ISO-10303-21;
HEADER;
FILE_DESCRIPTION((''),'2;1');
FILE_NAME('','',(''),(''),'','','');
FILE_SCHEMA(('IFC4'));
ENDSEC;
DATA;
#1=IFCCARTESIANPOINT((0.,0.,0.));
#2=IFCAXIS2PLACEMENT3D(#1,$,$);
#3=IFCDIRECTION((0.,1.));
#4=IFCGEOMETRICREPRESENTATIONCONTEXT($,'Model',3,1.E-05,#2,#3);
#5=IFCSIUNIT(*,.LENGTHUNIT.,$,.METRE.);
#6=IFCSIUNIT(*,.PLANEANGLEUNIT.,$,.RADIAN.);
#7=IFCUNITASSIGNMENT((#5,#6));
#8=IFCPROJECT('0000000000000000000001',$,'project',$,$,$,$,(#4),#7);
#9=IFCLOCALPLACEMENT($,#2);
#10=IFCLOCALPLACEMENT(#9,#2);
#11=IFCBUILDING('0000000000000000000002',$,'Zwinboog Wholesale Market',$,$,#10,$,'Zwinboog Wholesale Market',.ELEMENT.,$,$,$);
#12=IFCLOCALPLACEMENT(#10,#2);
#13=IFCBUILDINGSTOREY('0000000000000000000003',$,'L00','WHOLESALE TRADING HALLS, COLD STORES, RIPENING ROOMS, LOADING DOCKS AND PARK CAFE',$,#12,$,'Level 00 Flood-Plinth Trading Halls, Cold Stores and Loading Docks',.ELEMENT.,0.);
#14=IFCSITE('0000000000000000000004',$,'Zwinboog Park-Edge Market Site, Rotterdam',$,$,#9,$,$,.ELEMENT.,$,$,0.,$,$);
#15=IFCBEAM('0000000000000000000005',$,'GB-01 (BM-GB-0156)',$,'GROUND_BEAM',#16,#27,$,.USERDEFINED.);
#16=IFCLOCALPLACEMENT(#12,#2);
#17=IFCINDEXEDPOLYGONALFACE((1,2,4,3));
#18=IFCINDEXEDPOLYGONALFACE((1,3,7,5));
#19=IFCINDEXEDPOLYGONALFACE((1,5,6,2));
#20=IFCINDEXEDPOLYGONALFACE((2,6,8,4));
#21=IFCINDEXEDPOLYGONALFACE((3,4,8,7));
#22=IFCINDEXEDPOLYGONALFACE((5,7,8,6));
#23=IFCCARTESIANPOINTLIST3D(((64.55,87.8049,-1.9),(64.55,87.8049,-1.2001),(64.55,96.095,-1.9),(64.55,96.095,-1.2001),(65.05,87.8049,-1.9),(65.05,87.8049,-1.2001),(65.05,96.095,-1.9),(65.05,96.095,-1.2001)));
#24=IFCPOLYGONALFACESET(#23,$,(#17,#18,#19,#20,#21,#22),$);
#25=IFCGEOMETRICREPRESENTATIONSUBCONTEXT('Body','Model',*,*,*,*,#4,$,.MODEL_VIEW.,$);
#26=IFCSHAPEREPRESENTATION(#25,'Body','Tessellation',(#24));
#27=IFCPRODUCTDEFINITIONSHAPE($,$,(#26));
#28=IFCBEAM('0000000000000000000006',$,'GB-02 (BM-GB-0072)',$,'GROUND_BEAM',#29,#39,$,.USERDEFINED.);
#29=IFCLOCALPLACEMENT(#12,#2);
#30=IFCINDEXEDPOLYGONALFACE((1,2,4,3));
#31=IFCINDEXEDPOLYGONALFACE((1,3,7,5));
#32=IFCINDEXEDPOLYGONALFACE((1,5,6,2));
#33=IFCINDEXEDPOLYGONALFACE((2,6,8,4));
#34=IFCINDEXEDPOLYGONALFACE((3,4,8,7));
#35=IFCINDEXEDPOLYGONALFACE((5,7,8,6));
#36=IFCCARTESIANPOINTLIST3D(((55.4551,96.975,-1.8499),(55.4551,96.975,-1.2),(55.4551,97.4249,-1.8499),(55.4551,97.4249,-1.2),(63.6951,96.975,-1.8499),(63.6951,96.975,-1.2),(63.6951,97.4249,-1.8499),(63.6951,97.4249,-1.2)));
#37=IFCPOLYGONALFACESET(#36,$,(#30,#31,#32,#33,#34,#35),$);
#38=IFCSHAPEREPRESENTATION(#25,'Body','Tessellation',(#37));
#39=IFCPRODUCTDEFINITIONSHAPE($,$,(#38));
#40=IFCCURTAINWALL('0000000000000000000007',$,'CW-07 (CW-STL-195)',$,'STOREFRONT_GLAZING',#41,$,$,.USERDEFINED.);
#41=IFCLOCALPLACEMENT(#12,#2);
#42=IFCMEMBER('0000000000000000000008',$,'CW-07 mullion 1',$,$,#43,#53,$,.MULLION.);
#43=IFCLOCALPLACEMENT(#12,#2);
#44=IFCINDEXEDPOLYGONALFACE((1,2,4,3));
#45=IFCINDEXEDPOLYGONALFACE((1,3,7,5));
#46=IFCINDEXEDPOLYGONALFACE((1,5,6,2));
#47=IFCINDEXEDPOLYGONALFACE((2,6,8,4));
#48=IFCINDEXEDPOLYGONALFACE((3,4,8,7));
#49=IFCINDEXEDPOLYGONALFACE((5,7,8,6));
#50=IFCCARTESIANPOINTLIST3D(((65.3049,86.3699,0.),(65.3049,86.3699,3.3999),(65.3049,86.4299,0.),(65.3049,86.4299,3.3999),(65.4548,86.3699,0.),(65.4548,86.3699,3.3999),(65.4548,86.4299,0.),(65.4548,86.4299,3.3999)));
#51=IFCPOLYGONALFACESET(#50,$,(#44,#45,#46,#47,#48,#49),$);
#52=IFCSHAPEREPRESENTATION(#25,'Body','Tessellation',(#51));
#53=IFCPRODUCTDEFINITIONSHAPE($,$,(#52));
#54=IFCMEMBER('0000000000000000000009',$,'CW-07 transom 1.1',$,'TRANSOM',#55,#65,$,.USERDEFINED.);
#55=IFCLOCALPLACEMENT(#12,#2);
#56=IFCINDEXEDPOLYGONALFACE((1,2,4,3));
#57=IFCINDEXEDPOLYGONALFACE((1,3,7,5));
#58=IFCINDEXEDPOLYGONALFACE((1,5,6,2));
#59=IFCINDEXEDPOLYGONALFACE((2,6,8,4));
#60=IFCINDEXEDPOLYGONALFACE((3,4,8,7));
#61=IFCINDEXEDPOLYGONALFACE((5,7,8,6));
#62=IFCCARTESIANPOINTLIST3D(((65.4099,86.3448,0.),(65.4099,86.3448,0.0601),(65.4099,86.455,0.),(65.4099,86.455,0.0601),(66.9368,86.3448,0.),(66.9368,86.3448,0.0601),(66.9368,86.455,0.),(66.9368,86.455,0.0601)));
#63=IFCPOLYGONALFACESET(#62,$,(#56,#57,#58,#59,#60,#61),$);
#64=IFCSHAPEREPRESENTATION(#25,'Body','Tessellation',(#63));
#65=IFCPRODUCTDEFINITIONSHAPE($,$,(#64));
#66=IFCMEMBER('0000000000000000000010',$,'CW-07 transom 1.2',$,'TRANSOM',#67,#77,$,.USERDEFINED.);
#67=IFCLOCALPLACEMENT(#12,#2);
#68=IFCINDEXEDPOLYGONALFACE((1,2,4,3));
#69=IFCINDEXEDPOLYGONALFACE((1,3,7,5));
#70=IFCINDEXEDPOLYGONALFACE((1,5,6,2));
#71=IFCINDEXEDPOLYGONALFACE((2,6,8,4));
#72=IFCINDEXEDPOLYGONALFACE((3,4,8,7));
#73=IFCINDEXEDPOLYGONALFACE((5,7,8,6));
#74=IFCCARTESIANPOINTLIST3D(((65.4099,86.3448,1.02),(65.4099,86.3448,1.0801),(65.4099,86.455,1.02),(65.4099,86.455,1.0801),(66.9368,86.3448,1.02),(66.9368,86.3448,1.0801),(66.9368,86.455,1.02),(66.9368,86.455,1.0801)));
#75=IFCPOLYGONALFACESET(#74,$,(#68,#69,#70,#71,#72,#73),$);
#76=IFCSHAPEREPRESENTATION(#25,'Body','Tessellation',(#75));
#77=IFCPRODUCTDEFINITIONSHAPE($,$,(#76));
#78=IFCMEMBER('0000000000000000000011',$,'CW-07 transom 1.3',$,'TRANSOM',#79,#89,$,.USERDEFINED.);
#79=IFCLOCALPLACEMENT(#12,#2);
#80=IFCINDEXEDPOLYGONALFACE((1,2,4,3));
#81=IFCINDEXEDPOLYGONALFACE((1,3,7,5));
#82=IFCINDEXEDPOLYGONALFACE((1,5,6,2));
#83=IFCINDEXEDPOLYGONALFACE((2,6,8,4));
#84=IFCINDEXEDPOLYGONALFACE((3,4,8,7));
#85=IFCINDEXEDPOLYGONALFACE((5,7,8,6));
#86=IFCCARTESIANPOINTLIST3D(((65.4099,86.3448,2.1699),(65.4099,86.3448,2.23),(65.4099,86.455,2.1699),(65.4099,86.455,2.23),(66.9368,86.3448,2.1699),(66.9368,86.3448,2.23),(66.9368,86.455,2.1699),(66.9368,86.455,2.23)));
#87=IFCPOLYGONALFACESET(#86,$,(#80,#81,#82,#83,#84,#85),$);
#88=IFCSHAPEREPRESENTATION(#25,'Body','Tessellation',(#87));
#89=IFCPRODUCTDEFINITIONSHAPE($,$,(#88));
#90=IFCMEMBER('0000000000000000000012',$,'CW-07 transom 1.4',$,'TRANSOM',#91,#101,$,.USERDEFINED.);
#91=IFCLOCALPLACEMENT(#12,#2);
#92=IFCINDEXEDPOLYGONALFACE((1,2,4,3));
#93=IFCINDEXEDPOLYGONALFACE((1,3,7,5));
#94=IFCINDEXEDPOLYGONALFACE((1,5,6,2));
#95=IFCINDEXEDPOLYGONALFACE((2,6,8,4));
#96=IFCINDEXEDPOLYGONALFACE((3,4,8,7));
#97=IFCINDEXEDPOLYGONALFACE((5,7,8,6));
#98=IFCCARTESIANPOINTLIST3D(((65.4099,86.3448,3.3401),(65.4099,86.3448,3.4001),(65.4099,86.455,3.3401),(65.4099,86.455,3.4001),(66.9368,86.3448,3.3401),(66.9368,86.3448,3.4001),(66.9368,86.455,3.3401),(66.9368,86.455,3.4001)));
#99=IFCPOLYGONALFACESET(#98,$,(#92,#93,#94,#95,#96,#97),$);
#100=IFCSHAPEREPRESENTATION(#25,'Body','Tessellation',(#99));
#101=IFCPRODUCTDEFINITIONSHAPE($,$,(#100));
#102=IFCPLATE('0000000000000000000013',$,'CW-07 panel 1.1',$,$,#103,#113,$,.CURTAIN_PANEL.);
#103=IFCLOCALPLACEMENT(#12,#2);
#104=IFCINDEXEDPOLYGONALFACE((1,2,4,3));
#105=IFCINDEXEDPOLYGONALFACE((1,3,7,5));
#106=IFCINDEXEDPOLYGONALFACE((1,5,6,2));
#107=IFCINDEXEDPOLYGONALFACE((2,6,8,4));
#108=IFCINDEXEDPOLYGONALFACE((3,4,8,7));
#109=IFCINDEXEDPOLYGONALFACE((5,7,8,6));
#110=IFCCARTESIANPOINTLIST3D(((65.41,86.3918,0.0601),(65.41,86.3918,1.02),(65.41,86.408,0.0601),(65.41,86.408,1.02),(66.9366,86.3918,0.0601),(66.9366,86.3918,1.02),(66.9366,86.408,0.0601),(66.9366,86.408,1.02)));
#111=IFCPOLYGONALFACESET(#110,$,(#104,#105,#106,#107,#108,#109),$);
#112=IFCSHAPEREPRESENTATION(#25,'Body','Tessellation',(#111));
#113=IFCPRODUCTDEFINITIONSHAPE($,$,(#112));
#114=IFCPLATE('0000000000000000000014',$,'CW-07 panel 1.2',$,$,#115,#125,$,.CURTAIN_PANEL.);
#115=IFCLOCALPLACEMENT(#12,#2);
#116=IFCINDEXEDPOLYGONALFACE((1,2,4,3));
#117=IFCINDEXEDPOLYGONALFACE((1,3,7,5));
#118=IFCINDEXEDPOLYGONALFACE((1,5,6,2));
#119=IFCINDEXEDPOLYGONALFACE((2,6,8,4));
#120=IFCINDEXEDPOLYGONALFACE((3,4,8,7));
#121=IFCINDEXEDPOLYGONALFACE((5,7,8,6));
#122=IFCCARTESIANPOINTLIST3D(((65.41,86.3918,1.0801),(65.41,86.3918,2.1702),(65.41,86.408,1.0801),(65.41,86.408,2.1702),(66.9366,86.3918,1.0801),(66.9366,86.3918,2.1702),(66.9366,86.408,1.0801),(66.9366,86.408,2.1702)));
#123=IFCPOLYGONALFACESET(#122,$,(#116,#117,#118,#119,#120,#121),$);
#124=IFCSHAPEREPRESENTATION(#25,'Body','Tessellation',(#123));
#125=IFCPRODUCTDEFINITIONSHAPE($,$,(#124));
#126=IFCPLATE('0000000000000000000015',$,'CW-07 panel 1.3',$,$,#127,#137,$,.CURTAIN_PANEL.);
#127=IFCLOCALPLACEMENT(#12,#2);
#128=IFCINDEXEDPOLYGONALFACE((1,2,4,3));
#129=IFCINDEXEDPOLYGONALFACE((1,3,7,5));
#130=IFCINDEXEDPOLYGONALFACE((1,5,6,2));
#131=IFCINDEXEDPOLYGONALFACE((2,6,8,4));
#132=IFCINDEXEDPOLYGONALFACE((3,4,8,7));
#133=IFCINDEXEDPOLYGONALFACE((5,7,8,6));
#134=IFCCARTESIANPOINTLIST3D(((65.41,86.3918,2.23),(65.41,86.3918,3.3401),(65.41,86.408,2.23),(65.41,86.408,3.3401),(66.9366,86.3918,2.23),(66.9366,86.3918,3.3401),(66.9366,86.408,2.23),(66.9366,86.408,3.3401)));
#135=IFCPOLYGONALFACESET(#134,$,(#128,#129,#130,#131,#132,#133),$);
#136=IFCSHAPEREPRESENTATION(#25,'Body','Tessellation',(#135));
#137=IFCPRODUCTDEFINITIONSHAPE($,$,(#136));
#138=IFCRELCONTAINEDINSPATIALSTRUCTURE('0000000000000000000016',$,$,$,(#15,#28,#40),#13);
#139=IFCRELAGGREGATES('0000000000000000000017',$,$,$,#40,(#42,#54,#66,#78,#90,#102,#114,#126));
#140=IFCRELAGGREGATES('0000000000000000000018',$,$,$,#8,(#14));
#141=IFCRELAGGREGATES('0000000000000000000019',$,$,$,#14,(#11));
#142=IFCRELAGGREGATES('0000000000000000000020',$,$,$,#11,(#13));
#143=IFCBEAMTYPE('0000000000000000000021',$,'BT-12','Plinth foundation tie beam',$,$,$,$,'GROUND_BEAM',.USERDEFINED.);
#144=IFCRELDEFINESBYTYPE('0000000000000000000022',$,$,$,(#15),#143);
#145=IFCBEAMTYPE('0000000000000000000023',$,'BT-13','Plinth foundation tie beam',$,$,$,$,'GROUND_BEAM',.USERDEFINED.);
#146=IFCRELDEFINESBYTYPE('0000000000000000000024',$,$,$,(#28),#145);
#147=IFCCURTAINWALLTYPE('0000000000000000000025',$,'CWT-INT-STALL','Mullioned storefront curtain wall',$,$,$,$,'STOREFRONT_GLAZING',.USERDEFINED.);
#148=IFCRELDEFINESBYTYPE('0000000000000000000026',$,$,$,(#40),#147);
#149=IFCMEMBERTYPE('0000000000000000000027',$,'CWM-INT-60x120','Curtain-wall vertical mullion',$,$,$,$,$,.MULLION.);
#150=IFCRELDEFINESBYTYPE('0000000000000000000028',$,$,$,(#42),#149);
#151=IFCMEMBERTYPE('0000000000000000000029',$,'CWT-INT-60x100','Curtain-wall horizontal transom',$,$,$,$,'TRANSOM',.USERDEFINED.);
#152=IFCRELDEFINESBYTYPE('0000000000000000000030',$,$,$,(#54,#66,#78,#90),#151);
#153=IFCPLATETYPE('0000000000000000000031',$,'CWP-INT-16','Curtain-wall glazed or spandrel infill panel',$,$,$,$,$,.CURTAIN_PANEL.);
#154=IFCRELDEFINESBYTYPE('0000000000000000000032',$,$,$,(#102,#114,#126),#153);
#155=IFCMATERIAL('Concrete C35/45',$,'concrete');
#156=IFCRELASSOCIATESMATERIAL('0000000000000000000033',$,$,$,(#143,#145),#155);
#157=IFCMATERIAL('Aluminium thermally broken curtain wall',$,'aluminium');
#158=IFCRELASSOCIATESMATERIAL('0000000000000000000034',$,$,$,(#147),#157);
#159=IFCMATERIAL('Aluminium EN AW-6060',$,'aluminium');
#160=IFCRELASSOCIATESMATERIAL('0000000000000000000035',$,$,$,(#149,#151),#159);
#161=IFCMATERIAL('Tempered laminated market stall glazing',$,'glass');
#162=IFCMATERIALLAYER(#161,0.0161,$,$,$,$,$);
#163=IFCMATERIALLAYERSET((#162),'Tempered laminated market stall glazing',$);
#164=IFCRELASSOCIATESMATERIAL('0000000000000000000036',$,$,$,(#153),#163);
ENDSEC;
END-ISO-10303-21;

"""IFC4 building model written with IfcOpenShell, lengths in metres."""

from ifc_helpers import new_model, si_unit, direction, frame, origin, origin_2d, place, context, subcontext, project, spatial, rectangle, extrude, material, layer, layer_set, material_profile, profile_set, type_object, element, aggregate, save


model = new_model("IFC4")

# Units and contexts
model_context = context("Model", 3, precision=1e-05, world=origin(), true_north=direction((0.0, 1.0)))
body_context = subcontext(model_context, "Body", "Model", "MODEL_VIEW")
ifc_project = project(units=[si_unit("LENGTHUNIT", "METRE"), si_unit("PLANEANGLEUNIT", "RADIAN")], contexts=[model_context])

# Site, building, storey
site_placement = place(None, origin())
site = spatial("IfcSite", under=ifc_project, at=site_placement, Name="Zwinboog Park-Edge Market Site, Rotterdam", CompositionType="ELEMENT", RefElevation=0.0)
building_placement = place(site_placement, origin())
building = spatial("IfcBuilding", under=site, at=building_placement, Name="Zwinboog Wholesale Market", LongName="Zwinboog Wholesale Market", CompositionType="ELEMENT")
storey_placement = place(building_placement, origin())
storey = spatial("IfcBuildingStorey", under=building, at=storey_placement, Name="L00", Description="WHOLESALE TRADING HALLS, COLD STORES, RIPENING ROOMS, LOADING DOCKS AND PARK CAFE", LongName="Level 00 Flood-Plinth Trading Halls, Cold Stores and Loading Docks", CompositionType="ELEMENT", Elevation=0.0)

# Shared definitions
ifc_material_1 = material(Name="Concrete C35/45", Category="concrete")

# Beams
ifc_material_profile_1 = material_profile(ifc_material_1, rectangle(XDim=0.5, YDim=0.7, at=origin_2d()), Name="RC 500x700")
ifc_profile_set_1 = profile_set([ifc_material_profile_1], Name="Concrete C35/45")
beam_type_1 = type_object("IfcBeamType", Name="BT-12", Description="Plinth foundation tie beam", ElementType="GROUND_BEAM", PredefinedType="USERDEFINED", material=ifc_profile_set_1)
beam_1_placement = place(storey_placement, frame((64.8, 87.8049, -1.55), z_axis=(0.0, 1.0, 0.0), x_axis=(-1.0, 0.0, 0.0)))
element("IfcBeam", 1, at=beam_1_placement, inside=storey, type_object=beam_type_1, Name="GB-01 (BM-GB-0156)", ObjectType="GROUND_BEAM", PredefinedType="USERDEFINED", context=body_context, shape_type="SweptSolid", body=[
    extrude(rectangle(XDim=0.5, YDim=0.7, at=origin_2d()), origin(), (0.0, 0.0, 1.0), 8.29),
])
ifc_material_profile_2 = material_profile(ifc_material_1, rectangle(XDim=0.45, YDim=0.6499, at=origin_2d()), Name="RC 450x650")
ifc_profile_set_2 = profile_set([ifc_material_profile_2], Name="Concrete C35/45")
beam_type_2 = type_object("IfcBeamType", Name="BT-13", Description="Plinth foundation tie beam", ElementType="GROUND_BEAM", PredefinedType="USERDEFINED", material=ifc_profile_set_2)
beam_2_placement = place(storey_placement, frame((55.4551, 97.2, -1.5249), z_axis=(1.0, 0.0, 0.0), x_axis=(0.0, 1.0, 0.0)))
element("IfcBeam", 2, at=beam_2_placement, inside=storey, type_object=beam_type_2, Name="GB-02 (BM-GB-0072)", ObjectType="GROUND_BEAM", PredefinedType="USERDEFINED", context=body_context, shape_type="SweptSolid", body=[
    extrude(rectangle(XDim=0.45, YDim=0.6499, at=origin_2d()), origin(), (0.0, 0.0, 1.0), 8.24),
])

# Curtain wall, members, plates
ifc_material_2 = material(Name="Aluminium thermally broken curtain wall", Category="aluminium")
curtain_wall_type = type_object("IfcCurtainWallType", Name="CWT-INT-STALL", Description="Mullioned storefront curtain wall", ElementType="STOREFRONT_GLAZING", PredefinedType="USERDEFINED", material=ifc_material_2)
curtain_wall_placement = place(storey_placement, origin())
curtain_wall = element("IfcCurtainWall", 3, at=curtain_wall_placement, inside=storey, type_object=curtain_wall_type, Name="CW-07 (CW-STL-195)", ObjectType="STOREFRONT_GLAZING", PredefinedType="USERDEFINED")
ifc_material_3 = material(Name="Aluminium EN AW-6060", Category="aluminium")
ifc_material_profile_3 = material_profile(ifc_material_3, rectangle(XDim=0.0601, YDim=0.1499, at=origin_2d()), Name="AL 60x150")
ifc_profile_set_3 = profile_set([ifc_material_profile_3], Name="Aluminium EN AW-6060")
member_type_1 = type_object("IfcMemberType", Name="CWM-INT-60x120", Description="Curtain-wall vertical mullion", PredefinedType="MULLION", material=ifc_profile_set_3)
member_1_placement = place(storey_placement, frame((65.3799, 86.3999, 0.0), z_axis=(0.0, 0.0, 1.0), x_axis=(0.0, 1.0, 0.0)))
member_1 = element("IfcMember", 4, at=member_1_placement, type_object=member_type_1, Name="CW-07 mullion 1", PredefinedType="MULLION", context=body_context, shape_type="SweptSolid", body=[
    extrude(rectangle(XDim=0.0601, YDim=0.1499, at=origin_2d()), origin(), (0.0, 0.0, 1.0), 3.3999),
])
ifc_material_profile_4 = material_profile(ifc_material_3, rectangle(XDim=0.1101, YDim=0.0601, at=origin_2d()), Name="AL 60x110")
ifc_profile_set_4 = profile_set([ifc_material_profile_4], Name="Aluminium EN AW-6060")
member_type_2 = type_object("IfcMemberType", Name="CWT-INT-60x100", Description="Curtain-wall horizontal transom", ElementType="TRANSOM", PredefinedType="USERDEFINED", material=ifc_profile_set_4)
member_2_placement = place(storey_placement, frame((65.4099, 86.3999, 0.03), z_axis=(1.0, 0.0, 0.0), x_axis=(0.0, 1.0, 0.0)))
member_2 = element("IfcMember", 5, at=member_2_placement, type_object=member_type_2, Name="CW-07 transom 1.1", ObjectType="TRANSOM", PredefinedType="USERDEFINED", context=body_context, shape_type="SweptSolid", body=[
    extrude(rectangle(XDim=0.1101, YDim=0.0601, at=origin_2d()), origin(), (0.0, 0.0, 1.0), 1.5269),
])
member_3_placement = place(storey_placement, frame((65.4099, 86.3999, 1.05), z_axis=(1.0, 0.0, 0.0), x_axis=(0.0, 1.0, 0.0)))
member_3 = element("IfcMember", 6, at=member_3_placement, type_object=member_type_2, Name="CW-07 transom 1.2", ObjectType="TRANSOM", PredefinedType="USERDEFINED", context=body_context, shape_type="SweptSolid", body=[
    extrude(rectangle(XDim=0.1101, YDim=0.0601, at=origin_2d()), origin(), (0.0, 0.0, 1.0), 1.5269),
])
member_4_placement = place(storey_placement, frame((65.4099, 86.3999, 2.2), z_axis=(1.0, 0.0, 0.0), x_axis=(0.0, 1.0, 0.0)))
member_4 = element("IfcMember", 7, at=member_4_placement, type_object=member_type_2, Name="CW-07 transom 1.3", ObjectType="TRANSOM", PredefinedType="USERDEFINED", context=body_context, shape_type="SweptSolid", body=[
    extrude(rectangle(XDim=0.1101, YDim=0.0601, at=origin_2d()), origin(), (0.0, 0.0, 1.0), 1.5269),
])
member_5_placement = place(storey_placement, frame((65.4099, 86.3999, 3.3701), z_axis=(1.0, 0.0, 0.0), x_axis=(0.0, 1.0, 0.0)))
member_5 = element("IfcMember", 8, at=member_5_placement, type_object=member_type_2, Name="CW-07 transom 1.4", ObjectType="TRANSOM", PredefinedType="USERDEFINED", context=body_context, shape_type="SweptSolid", body=[
    extrude(rectangle(XDim=0.1101, YDim=0.0601, at=origin_2d()), origin(), (0.0, 0.0, 1.0), 1.5269),
])
ifc_material_4 = material(Name="Tempered laminated market stall glazing", Category="glass")
ifc_layer = layer(ifc_material_4, 0.0161)
ifc_layer_set = layer_set([ifc_layer], Name="Tempered laminated market stall glazing")
plate_type = type_object("IfcPlateType", Name="CWP-INT-16", Description="Curtain-wall glazed or spandrel infill panel", PredefinedType="CURTAIN_PANEL", material=ifc_layer_set)
plate_1_placement = place(storey_placement, frame((66.1733, 86.3999, 0.0601), z_axis=(0.0, 0.0, 1.0), x_axis=(1.0, 0.0, 0.0)))
plate_1 = element("IfcPlate", 9, at=plate_1_placement, type_object=plate_type, Name="CW-07 panel 1.1", PredefinedType="CURTAIN_PANEL", context=body_context, shape_type="SweptSolid", body=[
    extrude(rectangle(XDim=1.5266, YDim=0.0161, at=origin_2d()), origin(), (0.0, 0.0, 1.0), 0.96),
])
plate_2_placement = place(storey_placement, frame((66.1733, 86.3999, 1.0801), z_axis=(0.0, 0.0, 1.0), x_axis=(1.0, 0.0, 0.0)))
plate_2 = element("IfcPlate", 10, at=plate_2_placement, type_object=plate_type, Name="CW-07 panel 1.2", PredefinedType="CURTAIN_PANEL", context=body_context, shape_type="SweptSolid", body=[
    extrude(rectangle(XDim=1.5266, YDim=0.0161, at=origin_2d()), origin(), (0.0, 0.0, 1.0), 1.0901),
])
plate_3_placement = place(storey_placement, frame((66.1733, 86.3999, 2.23), z_axis=(0.0, 0.0, 1.0), x_axis=(1.0, 0.0, 0.0)))
plate_3 = element("IfcPlate", 11, at=plate_3_placement, type_object=plate_type, Name="CW-07 panel 1.3", PredefinedType="CURTAIN_PANEL", context=body_context, shape_type="SweptSolid", body=[
    extrude(rectangle(XDim=1.5266, YDim=0.0161, at=origin_2d()), origin(), (0.0, 0.0, 1.0), 1.1101),
])
aggregate(curtain_wall, [member_1, member_2, member_3, member_4, member_5, plate_1, plate_2, plate_3])

save(model, "model.ifc")
